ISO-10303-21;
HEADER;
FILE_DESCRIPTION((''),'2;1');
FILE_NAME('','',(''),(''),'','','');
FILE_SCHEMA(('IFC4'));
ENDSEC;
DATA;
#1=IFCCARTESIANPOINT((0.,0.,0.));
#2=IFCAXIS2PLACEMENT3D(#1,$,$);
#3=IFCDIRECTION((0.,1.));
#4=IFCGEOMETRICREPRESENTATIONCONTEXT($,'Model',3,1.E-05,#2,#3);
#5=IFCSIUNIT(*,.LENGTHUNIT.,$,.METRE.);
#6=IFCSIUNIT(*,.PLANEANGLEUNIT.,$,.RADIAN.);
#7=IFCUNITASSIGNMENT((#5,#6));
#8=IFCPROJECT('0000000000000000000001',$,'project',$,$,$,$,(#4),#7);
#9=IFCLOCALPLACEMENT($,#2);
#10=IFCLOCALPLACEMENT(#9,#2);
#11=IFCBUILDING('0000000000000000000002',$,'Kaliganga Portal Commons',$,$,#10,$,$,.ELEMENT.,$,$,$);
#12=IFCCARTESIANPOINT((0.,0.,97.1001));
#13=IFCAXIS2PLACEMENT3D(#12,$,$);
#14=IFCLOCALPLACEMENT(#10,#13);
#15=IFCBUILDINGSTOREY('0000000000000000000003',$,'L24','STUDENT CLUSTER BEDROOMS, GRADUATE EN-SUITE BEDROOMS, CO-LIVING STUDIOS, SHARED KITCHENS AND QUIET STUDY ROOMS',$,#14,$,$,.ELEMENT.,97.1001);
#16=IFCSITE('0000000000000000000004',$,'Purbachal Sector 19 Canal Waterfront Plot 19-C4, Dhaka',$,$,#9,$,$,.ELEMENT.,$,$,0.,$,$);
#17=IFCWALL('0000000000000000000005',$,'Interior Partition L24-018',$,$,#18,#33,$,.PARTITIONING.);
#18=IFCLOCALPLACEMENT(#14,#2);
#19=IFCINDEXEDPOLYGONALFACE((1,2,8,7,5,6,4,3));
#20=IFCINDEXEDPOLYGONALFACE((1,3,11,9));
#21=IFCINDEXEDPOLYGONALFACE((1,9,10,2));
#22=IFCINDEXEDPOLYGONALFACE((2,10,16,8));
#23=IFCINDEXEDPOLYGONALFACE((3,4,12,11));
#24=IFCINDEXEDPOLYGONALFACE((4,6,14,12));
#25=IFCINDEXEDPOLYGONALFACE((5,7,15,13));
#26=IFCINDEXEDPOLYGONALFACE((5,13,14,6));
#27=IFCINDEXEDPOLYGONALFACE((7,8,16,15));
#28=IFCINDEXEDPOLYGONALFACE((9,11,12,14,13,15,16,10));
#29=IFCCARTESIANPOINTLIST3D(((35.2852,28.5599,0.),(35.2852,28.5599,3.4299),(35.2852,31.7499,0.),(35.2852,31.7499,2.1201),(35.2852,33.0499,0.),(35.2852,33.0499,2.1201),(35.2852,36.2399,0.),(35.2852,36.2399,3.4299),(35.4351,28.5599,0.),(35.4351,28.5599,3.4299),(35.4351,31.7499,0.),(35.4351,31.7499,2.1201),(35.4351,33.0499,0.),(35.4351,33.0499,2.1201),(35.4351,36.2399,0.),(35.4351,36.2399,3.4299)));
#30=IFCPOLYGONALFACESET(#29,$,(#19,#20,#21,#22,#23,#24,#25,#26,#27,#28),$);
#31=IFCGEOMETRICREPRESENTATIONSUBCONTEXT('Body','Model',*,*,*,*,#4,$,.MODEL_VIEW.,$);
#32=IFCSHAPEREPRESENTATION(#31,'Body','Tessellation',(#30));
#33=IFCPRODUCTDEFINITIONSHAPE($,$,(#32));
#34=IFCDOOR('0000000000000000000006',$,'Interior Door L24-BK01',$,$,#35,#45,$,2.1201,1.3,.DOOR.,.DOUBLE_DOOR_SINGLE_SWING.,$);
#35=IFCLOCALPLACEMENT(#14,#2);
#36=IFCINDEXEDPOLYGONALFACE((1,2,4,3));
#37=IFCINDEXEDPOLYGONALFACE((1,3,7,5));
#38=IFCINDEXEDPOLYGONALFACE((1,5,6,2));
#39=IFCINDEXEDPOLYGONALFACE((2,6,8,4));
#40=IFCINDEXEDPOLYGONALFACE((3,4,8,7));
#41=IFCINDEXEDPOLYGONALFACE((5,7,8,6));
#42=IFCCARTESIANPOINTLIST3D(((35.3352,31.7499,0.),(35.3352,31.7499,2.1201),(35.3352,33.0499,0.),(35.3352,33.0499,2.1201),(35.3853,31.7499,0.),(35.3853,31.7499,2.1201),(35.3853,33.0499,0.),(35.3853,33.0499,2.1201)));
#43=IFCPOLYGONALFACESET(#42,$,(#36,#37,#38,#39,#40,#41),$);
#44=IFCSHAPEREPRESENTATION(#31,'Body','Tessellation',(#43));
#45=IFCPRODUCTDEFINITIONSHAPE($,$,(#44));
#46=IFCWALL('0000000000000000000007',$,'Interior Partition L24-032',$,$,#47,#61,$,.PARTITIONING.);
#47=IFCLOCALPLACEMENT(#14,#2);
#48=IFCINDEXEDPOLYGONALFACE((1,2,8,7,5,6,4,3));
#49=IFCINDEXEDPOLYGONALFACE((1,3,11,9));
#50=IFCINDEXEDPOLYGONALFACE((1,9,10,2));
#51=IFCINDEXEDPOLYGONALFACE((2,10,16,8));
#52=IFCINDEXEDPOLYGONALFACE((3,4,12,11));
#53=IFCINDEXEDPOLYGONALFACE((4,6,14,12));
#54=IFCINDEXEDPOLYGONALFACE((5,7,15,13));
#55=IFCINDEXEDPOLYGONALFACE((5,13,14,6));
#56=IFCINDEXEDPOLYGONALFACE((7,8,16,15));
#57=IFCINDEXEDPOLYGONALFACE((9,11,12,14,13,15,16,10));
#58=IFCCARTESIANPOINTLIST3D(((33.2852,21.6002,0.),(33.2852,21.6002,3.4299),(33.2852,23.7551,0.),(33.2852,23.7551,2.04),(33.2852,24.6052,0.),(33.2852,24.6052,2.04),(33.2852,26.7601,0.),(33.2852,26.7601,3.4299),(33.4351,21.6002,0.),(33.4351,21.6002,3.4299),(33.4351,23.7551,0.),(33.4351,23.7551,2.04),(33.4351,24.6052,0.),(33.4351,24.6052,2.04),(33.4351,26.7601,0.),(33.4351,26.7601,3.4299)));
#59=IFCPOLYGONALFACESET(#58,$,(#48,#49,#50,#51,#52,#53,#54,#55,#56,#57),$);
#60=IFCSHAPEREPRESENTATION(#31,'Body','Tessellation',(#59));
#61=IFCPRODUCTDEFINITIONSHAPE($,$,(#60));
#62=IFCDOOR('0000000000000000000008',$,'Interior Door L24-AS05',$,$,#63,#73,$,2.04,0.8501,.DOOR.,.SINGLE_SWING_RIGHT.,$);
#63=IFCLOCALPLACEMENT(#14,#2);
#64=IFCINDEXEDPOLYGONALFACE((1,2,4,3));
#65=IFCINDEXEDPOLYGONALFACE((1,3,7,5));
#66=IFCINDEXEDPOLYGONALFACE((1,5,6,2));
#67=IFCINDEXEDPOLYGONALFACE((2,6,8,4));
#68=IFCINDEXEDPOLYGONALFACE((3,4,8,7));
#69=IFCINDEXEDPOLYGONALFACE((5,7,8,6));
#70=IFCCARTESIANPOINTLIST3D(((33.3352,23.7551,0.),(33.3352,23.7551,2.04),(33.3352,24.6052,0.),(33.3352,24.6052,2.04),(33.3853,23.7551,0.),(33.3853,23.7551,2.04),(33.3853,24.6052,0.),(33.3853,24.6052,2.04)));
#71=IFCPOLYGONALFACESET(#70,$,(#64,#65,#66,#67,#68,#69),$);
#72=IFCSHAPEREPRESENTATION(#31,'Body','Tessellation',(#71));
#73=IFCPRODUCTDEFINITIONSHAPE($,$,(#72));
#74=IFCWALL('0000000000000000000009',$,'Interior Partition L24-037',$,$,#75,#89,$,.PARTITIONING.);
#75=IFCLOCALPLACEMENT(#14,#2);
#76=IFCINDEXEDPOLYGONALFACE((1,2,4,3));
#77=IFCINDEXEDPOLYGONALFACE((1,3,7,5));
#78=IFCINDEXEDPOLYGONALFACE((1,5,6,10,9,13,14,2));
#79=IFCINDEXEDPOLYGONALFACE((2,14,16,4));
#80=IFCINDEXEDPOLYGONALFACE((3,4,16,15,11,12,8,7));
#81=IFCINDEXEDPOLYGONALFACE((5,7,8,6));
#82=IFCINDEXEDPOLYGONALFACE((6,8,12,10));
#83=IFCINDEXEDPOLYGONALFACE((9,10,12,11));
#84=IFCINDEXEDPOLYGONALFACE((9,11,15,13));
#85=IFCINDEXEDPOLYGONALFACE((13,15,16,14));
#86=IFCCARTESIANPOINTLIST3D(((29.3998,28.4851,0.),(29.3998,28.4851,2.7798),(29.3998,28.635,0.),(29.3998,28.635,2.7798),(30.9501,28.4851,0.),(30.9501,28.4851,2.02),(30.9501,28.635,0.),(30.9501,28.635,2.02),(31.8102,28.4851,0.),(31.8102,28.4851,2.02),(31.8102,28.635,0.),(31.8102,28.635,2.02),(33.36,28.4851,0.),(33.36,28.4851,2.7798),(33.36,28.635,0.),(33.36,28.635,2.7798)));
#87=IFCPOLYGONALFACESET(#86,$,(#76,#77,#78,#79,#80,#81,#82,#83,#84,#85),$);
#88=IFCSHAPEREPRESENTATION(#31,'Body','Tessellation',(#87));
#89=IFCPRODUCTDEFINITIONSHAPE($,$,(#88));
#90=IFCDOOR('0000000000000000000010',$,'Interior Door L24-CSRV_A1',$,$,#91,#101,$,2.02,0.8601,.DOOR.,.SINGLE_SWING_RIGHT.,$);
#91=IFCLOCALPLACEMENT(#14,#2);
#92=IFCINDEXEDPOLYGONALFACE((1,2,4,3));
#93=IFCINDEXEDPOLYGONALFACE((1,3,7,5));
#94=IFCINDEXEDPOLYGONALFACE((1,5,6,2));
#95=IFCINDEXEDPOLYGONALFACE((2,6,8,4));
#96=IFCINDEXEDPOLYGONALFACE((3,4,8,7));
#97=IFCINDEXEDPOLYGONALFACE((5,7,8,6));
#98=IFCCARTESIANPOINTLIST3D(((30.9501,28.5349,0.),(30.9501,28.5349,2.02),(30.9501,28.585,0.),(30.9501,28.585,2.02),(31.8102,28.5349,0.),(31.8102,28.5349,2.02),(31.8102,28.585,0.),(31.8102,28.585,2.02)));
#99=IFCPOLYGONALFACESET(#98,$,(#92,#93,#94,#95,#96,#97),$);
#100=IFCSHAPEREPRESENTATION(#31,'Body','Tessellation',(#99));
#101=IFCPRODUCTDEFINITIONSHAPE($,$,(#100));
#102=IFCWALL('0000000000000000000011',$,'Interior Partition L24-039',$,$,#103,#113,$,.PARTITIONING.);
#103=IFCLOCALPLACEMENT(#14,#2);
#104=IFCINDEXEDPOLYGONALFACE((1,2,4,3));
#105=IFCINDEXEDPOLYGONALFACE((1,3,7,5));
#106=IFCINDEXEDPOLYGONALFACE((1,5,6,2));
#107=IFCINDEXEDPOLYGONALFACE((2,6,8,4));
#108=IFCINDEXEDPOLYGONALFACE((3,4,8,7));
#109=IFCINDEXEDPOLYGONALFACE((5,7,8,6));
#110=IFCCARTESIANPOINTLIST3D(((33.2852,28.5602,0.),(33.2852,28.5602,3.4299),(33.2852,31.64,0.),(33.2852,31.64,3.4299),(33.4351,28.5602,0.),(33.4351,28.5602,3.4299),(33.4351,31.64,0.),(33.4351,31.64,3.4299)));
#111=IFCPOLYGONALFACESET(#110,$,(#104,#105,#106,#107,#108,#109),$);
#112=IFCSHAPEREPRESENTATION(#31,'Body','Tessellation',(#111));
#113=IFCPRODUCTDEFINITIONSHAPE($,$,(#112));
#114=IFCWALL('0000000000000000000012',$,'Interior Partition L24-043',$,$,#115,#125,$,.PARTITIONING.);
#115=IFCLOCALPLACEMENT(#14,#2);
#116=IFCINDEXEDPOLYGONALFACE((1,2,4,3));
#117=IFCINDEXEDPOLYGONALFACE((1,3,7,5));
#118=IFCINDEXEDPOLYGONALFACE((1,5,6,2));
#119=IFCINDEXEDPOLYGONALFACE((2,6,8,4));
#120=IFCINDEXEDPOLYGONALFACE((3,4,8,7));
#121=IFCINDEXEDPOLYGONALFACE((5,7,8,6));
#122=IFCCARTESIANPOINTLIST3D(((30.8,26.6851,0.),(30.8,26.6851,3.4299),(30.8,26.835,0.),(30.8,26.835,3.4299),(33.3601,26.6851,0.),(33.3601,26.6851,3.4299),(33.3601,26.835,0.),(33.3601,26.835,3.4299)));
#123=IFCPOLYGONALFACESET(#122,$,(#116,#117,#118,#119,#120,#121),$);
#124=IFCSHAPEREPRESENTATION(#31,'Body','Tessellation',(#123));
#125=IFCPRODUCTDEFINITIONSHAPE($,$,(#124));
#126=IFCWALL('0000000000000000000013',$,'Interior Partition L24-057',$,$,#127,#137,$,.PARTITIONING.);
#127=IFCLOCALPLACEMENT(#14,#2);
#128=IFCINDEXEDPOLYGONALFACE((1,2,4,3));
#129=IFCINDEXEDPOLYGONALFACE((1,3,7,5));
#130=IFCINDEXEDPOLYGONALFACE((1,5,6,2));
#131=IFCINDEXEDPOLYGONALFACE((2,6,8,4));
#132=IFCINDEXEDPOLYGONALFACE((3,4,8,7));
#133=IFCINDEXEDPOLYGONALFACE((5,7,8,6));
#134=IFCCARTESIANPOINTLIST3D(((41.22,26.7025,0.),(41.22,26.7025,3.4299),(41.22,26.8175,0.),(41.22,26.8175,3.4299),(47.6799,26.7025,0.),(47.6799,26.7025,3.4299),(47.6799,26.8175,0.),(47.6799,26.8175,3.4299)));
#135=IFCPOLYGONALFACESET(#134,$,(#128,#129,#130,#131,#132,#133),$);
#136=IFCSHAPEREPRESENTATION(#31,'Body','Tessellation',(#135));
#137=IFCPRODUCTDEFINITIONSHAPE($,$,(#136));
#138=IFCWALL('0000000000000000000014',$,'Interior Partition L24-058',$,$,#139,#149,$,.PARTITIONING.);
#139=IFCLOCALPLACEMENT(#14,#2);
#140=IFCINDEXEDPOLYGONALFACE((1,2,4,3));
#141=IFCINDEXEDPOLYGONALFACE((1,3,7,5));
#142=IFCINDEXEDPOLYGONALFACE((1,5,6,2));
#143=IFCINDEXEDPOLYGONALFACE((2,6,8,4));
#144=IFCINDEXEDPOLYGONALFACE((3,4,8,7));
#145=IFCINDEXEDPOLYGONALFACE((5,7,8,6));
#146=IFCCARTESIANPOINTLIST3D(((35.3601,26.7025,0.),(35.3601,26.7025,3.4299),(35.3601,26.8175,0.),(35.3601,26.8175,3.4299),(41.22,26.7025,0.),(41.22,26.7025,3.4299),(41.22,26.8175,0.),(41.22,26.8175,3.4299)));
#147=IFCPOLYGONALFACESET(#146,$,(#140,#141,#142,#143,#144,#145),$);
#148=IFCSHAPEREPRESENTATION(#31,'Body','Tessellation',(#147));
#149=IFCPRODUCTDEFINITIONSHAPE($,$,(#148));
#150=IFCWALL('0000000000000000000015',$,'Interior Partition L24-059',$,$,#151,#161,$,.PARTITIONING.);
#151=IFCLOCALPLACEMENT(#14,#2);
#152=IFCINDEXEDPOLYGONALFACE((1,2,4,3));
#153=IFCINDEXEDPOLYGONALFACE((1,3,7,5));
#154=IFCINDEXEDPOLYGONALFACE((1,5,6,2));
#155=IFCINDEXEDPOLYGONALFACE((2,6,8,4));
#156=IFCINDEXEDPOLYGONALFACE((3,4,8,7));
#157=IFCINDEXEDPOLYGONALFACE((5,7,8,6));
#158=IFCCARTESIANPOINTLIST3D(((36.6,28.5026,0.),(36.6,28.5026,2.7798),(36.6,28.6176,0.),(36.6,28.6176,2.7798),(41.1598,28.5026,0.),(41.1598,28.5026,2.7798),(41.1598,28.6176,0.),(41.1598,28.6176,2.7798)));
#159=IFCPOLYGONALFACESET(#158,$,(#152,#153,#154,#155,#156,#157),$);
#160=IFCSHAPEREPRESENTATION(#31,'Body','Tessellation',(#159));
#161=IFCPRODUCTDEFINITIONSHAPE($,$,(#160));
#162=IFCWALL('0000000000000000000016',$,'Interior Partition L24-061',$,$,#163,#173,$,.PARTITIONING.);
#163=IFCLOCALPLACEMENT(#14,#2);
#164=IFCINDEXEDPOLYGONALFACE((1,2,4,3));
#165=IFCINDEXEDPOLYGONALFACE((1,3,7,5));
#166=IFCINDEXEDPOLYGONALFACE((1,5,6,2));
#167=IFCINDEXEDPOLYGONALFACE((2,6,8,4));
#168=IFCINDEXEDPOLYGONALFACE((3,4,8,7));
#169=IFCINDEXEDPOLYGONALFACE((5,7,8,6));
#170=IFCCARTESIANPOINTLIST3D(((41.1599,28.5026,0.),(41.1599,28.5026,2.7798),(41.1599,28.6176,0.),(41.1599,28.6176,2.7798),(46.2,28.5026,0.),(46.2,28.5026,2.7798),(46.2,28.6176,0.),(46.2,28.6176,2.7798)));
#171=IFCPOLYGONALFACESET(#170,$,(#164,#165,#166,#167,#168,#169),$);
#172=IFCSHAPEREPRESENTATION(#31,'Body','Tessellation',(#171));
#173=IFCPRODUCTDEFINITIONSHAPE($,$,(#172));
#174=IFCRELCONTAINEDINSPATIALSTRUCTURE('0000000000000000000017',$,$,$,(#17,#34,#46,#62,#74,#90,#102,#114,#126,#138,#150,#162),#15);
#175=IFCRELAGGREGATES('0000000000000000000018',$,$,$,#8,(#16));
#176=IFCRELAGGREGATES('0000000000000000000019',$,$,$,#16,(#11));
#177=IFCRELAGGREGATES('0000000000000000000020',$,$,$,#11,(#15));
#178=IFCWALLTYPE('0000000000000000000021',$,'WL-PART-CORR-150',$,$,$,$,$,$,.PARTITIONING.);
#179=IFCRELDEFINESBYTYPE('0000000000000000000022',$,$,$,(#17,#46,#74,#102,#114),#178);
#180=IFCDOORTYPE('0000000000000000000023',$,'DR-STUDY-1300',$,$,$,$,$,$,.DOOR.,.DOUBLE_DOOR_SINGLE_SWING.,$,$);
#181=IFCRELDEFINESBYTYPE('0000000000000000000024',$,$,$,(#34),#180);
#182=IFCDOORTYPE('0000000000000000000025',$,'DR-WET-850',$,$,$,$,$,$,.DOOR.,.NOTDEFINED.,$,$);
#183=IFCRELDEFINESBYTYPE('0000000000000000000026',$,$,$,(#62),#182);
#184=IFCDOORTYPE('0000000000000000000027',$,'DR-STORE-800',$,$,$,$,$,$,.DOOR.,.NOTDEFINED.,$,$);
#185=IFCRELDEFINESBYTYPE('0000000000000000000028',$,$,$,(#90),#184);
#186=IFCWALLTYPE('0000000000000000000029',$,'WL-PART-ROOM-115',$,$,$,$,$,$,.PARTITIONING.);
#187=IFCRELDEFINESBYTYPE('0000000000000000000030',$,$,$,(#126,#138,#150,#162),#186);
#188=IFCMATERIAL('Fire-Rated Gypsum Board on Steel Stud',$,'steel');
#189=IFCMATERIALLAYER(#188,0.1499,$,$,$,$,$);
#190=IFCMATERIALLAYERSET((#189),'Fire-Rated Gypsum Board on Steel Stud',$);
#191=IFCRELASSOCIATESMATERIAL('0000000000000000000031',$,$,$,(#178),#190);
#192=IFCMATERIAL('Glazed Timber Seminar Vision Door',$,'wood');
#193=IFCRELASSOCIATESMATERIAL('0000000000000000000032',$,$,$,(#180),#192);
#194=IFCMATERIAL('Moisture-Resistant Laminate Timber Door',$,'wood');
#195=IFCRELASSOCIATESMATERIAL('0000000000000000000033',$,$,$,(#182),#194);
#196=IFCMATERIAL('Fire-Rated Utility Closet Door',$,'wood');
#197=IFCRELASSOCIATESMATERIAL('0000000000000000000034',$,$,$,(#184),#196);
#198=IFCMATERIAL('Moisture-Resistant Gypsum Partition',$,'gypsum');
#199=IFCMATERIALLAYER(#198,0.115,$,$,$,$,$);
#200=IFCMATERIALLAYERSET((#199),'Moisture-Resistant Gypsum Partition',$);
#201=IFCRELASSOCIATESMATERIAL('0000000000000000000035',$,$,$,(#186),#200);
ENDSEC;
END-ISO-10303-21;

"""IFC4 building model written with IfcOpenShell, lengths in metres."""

from ifc_helpers import new_model, si_unit, direction, frame, frame_2d, origin, place, context, subcontext, project, spatial, rectangle, extrude, material, layer, layer_set, type_object, element, fill, save


model = new_model("IFC4")

# Units and contexts
model_context = context("Model", 3, precision=1e-05, world=origin(), true_north=direction((0.0, 1.0)))
body_context = subcontext(model_context, "Body", "Model", "MODEL_VIEW")
ifc_project = project(units=[si_unit("LENGTHUNIT", "METRE"), si_unit("PLANEANGLEUNIT", "RADIAN")], contexts=[model_context])

# Site, building, storey
site_placement = place(None, origin())
site = spatial("IfcSite", under=ifc_project, at=site_placement, Name="Purbachal Sector 19 Canal Waterfront Plot 19-C4, Dhaka", CompositionType="ELEMENT", RefElevation=0.0)
building_placement = place(site_placement, origin())
building = spatial("IfcBuilding", under=site, at=building_placement, Name="Kaliganga Portal Commons", CompositionType="ELEMENT")
storey_placement = place(building_placement, frame((0.0, 0.0, 97.1001)))
storey = spatial("IfcBuildingStorey", under=building, at=storey_placement, Name="L24", Description="STUDENT CLUSTER BEDROOMS, GRADUATE EN-SUITE BEDROOMS, CO-LIVING STUDIOS, SHARED KITCHENS AND QUIET STUDY ROOMS", CompositionType="ELEMENT", Elevation=97.1001)

# Walls, openings, doors
ifc_material_1 = material(Name="Fire-Rated Gypsum Board on Steel Stud", Category="steel")
ifc_layer_1 = layer(ifc_material_1, 0.1499)
ifc_layer_set_1 = layer_set([ifc_layer_1], Name="Fire-Rated Gypsum Board on Steel Stud")
wall_type_1 = type_object("IfcWallType", Name="WL-PART-CORR-150", PredefinedType="PARTITIONING", material=ifc_layer_set_1)
wall_1_placement = place(storey_placement, frame((35.3601, 28.5601, 0.0), z_axis=(0.0, 0.0, 1.0), x_axis=(0.0, 1.0, 0.0)))
wall_1 = element("IfcWall", 1, at=wall_1_placement, inside=storey, type_object=wall_type_1, Name="Interior Partition L24-018", PredefinedType="PARTITIONING", context=body_context, shape_type="SweptSolid", body=[
    extrude(rectangle(XDim=7.6799, YDim=0.1499, at=frame_2d((3.8398, 0.0))), origin(), (0.0, 0.0, 1.0), 3.4299),
])
opening_1_placement = place(wall_1_placement, frame((3.1899, 0.0, 0.0)))
opening_1 = element("IfcOpeningElement", 2, at=opening_1_placement, cuts=wall_1, PredefinedType="OPENING", context=body_context, shape_type="SweptSolid", body=[
    extrude(rectangle(XDim=1.3, YDim=2.1201, at=frame_2d((0.6499, 1.0601))), frame((0.0, 0.085, 0.0), z_axis=(0.0, -1.0, 0.0), x_axis=(1.0, 0.0, 0.0)), (0.0, 0.0, 1.0), 0.1699),
])
ifc_material_2 = material(Name="Glazed Timber Seminar Vision Door", Category="wood")
door_type_1 = type_object("IfcDoorType", Name="DR-STUDY-1300", OperationType="DOUBLE_DOOR_SINGLE_SWING", PredefinedType="DOOR", material=ifc_material_2)
door_1_placement = place(opening_1_placement, origin())
door_1 = element("IfcDoor", 3, at=door_1_placement, inside=storey, type_object=door_type_1, Name="Interior Door L24-BK01", OperationType="DOUBLE_DOOR_SINGLE_SWING", OverallHeight=2.1201, OverallWidth=1.3, PredefinedType="DOOR", context=body_context, shape_type="SweptSolid", body=[
    extrude(rectangle(XDim=1.3, YDim=2.1201, at=frame_2d((0.6499, 1.0601))), frame((0.0, 0.0249, 0.0), z_axis=(0.0, -1.0, 0.0), x_axis=(1.0, 0.0, 0.0)), (0.0, 0.0, 1.0), 0.05),
])
fill(opening_1, door_1)
wall_2_placement = place(storey_placement, frame((33.3601, 21.6001, 0.0), z_axis=(0.0, 0.0, 1.0), x_axis=(0.0, 1.0, 0.0)))
wall_2 = element("IfcWall", 4, at=wall_2_placement, inside=storey, type_object=wall_type_1, Name="Interior Partition L24-032", PredefinedType="PARTITIONING", context=body_context, shape_type="SweptSolid", body=[
    extrude(rectangle(XDim=5.1599, YDim=0.1499, at=frame_2d((2.5801, 0.0))), origin(), (0.0, 0.0, 1.0), 3.4299),
])
opening_2_placement = place(wall_2_placement, frame((2.155, 0.0, 0.0)))
opening_2 = element("IfcOpeningElement", 5, at=opening_2_placement, cuts=wall_2, PredefinedType="OPENING", context=body_context, shape_type="SweptSolid", body=[
    extrude(rectangle(XDim=0.8501, YDim=2.04, at=frame_2d((0.425, 1.02))), frame((0.0, 0.085, 0.0), z_axis=(0.0, -1.0, 0.0), x_axis=(1.0, 0.0, 0.0)), (0.0, 0.0, 1.0), 0.1699),
])
ifc_material_3 = material(Name="Moisture-Resistant Laminate Timber Door", Category="wood")
door_type_2 = type_object("IfcDoorType", Name="DR-WET-850", OperationType="NOTDEFINED", PredefinedType="DOOR", material=ifc_material_3)
door_2_placement = place(opening_2_placement, origin())
door_2 = element("IfcDoor", 6, at=door_2_placement, inside=storey, type_object=door_type_2, Name="Interior Door L24-AS05", OperationType="SINGLE_SWING_RIGHT", OverallHeight=2.04, OverallWidth=0.8501, PredefinedType="DOOR", context=body_context, shape_type="SweptSolid", body=[
    extrude(rectangle(XDim=0.8501, YDim=2.04, at=frame_2d((0.425, 1.02))), frame((0.0, 0.0249, 0.0), z_axis=(0.0, -1.0, 0.0), x_axis=(1.0, 0.0, 0.0)), (0.0, 0.0, 1.0), 0.05),
])
fill(opening_2, door_2)
wall_3_placement = place(storey_placement, frame((29.3999, 28.5601, 0.0), z_axis=(0.0, 0.0, 1.0), x_axis=(1.0, 0.0, 0.0)))
wall_3 = element("IfcWall", 7, at=wall_3_placement, inside=storey, type_object=wall_type_1, Name="Interior Partition L24-037", PredefinedType="PARTITIONING", context=body_context, shape_type="SweptSolid", body=[
    extrude(rectangle(XDim=3.9602, YDim=0.1499, at=frame_2d((1.98, 0.0))), origin(), (0.0, 0.0, 1.0), 2.7798),
])
opening_3_placement = place(wall_3_placement, frame((1.55, 0.0, 0.0)))
opening_3 = element("IfcOpeningElement", 8, at=opening_3_placement, cuts=wall_3, PredefinedType="OPENING", context=body_context, shape_type="SweptSolid", body=[
    extrude(rectangle(XDim=0.8601, YDim=2.02, at=frame_2d((0.4302, 1.01))), frame((0.0, 0.085, 0.0), z_axis=(0.0, -1.0, 0.0), x_axis=(1.0, 0.0, 0.0)), (0.0, 0.0, 1.0), 0.1699),
])
ifc_material_4 = material(Name="Fire-Rated Utility Closet Door", Category="wood")
door_type_3 = type_object("IfcDoorType", Name="DR-STORE-800", OperationType="NOTDEFINED", PredefinedType="DOOR", material=ifc_material_4)
door_3_placement = place(opening_3_placement, origin())
door_3 = element("IfcDoor", 9, at=door_3_placement, inside=storey, type_object=door_type_3, Name="Interior Door L24-CSRV_A1", OperationType="SINGLE_SWING_RIGHT", OverallHeight=2.02, OverallWidth=0.8601, PredefinedType="DOOR", context=body_context, shape_type="SweptSolid", body=[
    extrude(rectangle(XDim=0.8601, YDim=2.02, at=frame_2d((0.4302, 1.01))), frame((0.0, 0.0249, 0.0), z_axis=(0.0, -1.0, 0.0), x_axis=(1.0, 0.0, 0.0)), (0.0, 0.0, 1.0), 0.05),
])
fill(opening_3, door_3)

# Walls
wall_4_placement = place(storey_placement, frame((33.3601, 28.5601, 0.0), z_axis=(0.0, 0.0, 1.0), x_axis=(0.0, 1.0, 0.0)))
element("IfcWall", 10, at=wall_4_placement, inside=storey, type_object=wall_type_1, Name="Interior Partition L24-039", PredefinedType="PARTITIONING", context=body_context, shape_type="SweptSolid", body=[
    extrude(rectangle(XDim=3.0798, YDim=0.1499, at=frame_2d((1.54, 0.0))), origin(), (0.0, 0.0, 1.0), 3.4299),
])
wall_5_placement = place(storey_placement, frame((30.8, 26.76, 0.0), z_axis=(0.0, 0.0, 1.0), x_axis=(1.0, 0.0, 0.0)))
element("IfcWall", 11, at=wall_5_placement, inside=storey, type_object=wall_type_1, Name="Interior Partition L24-043", PredefinedType="PARTITIONING", context=body_context, shape_type="SweptSolid", body=[
    extrude(rectangle(XDim=2.5601, YDim=0.1499, at=frame_2d((1.28, 0.0))), origin(), (0.0, 0.0, 1.0), 3.4299),
])
ifc_material_5 = material(Name="Moisture-Resistant Gypsum Partition", Category="gypsum")
ifc_layer_2 = layer(ifc_material_5, 0.115)
ifc_layer_set_2 = layer_set([ifc_layer_2], Name="Moisture-Resistant Gypsum Partition")
wall_type_2 = type_object("IfcWallType", Name="WL-PART-ROOM-115", PredefinedType="PARTITIONING", material=ifc_layer_set_2)
wall_6_placement = place(storey_placement, frame((41.22, 26.76, 0.0), z_axis=(0.0, 0.0, 1.0), x_axis=(1.0, 0.0, 0.0)))
element("IfcWall", 12, at=wall_6_placement, inside=storey, type_object=wall_type_2, Name="Interior Partition L24-057", PredefinedType="PARTITIONING", context=body_context, shape_type="SweptSolid", body=[
    extrude(rectangle(XDim=6.46, YDim=0.115, at=frame_2d((3.23, 0.0))), origin(), (0.0, 0.0, 1.0), 3.4299),
])
wall_7_placement = place(storey_placement, frame((35.3601, 26.76, 0.0), z_axis=(0.0, 0.0, 1.0), x_axis=(1.0, 0.0, 0.0)))
element("IfcWall", 13, at=wall_7_placement, inside=storey, type_object=wall_type_2, Name="Interior Partition L24-058", PredefinedType="PARTITIONING", context=body_context, shape_type="SweptSolid", body=[
    extrude(rectangle(XDim=5.8599, YDim=0.115, at=frame_2d((2.9299, 0.0))), origin(), (0.0, 0.0, 1.0), 3.4299),
])
wall_8_placement = place(storey_placement, frame((36.6001, 28.5601, 0.0), z_axis=(0.0, 0.0, 1.0), x_axis=(1.0, 0.0, 0.0)))
element("IfcWall", 14, at=wall_8_placement, inside=storey, type_object=wall_type_2, Name="Interior Partition L24-059", PredefinedType="PARTITIONING", context=body_context, shape_type="SweptSolid", body=[
    extrude(rectangle(XDim=4.5598, YDim=0.115, at=frame_2d((2.2798, 0.0))), origin(), (0.0, 0.0, 1.0), 2.7798),
])
wall_9_placement = place(storey_placement, frame((41.1599, 28.5601, 0.0), z_axis=(0.0, 0.0, 1.0), x_axis=(1.0, 0.0, 0.0)))
element("IfcWall", 15, at=wall_9_placement, inside=storey, type_object=wall_type_2, Name="Interior Partition L24-061", PredefinedType="PARTITIONING", context=body_context, shape_type="SweptSolid", body=[
    extrude(rectangle(XDim=5.04, YDim=0.115, at=frame_2d((2.52, 0.0))), origin(), (0.0, 0.0, 1.0), 2.7798),
])

save(model, "model.ifc")
